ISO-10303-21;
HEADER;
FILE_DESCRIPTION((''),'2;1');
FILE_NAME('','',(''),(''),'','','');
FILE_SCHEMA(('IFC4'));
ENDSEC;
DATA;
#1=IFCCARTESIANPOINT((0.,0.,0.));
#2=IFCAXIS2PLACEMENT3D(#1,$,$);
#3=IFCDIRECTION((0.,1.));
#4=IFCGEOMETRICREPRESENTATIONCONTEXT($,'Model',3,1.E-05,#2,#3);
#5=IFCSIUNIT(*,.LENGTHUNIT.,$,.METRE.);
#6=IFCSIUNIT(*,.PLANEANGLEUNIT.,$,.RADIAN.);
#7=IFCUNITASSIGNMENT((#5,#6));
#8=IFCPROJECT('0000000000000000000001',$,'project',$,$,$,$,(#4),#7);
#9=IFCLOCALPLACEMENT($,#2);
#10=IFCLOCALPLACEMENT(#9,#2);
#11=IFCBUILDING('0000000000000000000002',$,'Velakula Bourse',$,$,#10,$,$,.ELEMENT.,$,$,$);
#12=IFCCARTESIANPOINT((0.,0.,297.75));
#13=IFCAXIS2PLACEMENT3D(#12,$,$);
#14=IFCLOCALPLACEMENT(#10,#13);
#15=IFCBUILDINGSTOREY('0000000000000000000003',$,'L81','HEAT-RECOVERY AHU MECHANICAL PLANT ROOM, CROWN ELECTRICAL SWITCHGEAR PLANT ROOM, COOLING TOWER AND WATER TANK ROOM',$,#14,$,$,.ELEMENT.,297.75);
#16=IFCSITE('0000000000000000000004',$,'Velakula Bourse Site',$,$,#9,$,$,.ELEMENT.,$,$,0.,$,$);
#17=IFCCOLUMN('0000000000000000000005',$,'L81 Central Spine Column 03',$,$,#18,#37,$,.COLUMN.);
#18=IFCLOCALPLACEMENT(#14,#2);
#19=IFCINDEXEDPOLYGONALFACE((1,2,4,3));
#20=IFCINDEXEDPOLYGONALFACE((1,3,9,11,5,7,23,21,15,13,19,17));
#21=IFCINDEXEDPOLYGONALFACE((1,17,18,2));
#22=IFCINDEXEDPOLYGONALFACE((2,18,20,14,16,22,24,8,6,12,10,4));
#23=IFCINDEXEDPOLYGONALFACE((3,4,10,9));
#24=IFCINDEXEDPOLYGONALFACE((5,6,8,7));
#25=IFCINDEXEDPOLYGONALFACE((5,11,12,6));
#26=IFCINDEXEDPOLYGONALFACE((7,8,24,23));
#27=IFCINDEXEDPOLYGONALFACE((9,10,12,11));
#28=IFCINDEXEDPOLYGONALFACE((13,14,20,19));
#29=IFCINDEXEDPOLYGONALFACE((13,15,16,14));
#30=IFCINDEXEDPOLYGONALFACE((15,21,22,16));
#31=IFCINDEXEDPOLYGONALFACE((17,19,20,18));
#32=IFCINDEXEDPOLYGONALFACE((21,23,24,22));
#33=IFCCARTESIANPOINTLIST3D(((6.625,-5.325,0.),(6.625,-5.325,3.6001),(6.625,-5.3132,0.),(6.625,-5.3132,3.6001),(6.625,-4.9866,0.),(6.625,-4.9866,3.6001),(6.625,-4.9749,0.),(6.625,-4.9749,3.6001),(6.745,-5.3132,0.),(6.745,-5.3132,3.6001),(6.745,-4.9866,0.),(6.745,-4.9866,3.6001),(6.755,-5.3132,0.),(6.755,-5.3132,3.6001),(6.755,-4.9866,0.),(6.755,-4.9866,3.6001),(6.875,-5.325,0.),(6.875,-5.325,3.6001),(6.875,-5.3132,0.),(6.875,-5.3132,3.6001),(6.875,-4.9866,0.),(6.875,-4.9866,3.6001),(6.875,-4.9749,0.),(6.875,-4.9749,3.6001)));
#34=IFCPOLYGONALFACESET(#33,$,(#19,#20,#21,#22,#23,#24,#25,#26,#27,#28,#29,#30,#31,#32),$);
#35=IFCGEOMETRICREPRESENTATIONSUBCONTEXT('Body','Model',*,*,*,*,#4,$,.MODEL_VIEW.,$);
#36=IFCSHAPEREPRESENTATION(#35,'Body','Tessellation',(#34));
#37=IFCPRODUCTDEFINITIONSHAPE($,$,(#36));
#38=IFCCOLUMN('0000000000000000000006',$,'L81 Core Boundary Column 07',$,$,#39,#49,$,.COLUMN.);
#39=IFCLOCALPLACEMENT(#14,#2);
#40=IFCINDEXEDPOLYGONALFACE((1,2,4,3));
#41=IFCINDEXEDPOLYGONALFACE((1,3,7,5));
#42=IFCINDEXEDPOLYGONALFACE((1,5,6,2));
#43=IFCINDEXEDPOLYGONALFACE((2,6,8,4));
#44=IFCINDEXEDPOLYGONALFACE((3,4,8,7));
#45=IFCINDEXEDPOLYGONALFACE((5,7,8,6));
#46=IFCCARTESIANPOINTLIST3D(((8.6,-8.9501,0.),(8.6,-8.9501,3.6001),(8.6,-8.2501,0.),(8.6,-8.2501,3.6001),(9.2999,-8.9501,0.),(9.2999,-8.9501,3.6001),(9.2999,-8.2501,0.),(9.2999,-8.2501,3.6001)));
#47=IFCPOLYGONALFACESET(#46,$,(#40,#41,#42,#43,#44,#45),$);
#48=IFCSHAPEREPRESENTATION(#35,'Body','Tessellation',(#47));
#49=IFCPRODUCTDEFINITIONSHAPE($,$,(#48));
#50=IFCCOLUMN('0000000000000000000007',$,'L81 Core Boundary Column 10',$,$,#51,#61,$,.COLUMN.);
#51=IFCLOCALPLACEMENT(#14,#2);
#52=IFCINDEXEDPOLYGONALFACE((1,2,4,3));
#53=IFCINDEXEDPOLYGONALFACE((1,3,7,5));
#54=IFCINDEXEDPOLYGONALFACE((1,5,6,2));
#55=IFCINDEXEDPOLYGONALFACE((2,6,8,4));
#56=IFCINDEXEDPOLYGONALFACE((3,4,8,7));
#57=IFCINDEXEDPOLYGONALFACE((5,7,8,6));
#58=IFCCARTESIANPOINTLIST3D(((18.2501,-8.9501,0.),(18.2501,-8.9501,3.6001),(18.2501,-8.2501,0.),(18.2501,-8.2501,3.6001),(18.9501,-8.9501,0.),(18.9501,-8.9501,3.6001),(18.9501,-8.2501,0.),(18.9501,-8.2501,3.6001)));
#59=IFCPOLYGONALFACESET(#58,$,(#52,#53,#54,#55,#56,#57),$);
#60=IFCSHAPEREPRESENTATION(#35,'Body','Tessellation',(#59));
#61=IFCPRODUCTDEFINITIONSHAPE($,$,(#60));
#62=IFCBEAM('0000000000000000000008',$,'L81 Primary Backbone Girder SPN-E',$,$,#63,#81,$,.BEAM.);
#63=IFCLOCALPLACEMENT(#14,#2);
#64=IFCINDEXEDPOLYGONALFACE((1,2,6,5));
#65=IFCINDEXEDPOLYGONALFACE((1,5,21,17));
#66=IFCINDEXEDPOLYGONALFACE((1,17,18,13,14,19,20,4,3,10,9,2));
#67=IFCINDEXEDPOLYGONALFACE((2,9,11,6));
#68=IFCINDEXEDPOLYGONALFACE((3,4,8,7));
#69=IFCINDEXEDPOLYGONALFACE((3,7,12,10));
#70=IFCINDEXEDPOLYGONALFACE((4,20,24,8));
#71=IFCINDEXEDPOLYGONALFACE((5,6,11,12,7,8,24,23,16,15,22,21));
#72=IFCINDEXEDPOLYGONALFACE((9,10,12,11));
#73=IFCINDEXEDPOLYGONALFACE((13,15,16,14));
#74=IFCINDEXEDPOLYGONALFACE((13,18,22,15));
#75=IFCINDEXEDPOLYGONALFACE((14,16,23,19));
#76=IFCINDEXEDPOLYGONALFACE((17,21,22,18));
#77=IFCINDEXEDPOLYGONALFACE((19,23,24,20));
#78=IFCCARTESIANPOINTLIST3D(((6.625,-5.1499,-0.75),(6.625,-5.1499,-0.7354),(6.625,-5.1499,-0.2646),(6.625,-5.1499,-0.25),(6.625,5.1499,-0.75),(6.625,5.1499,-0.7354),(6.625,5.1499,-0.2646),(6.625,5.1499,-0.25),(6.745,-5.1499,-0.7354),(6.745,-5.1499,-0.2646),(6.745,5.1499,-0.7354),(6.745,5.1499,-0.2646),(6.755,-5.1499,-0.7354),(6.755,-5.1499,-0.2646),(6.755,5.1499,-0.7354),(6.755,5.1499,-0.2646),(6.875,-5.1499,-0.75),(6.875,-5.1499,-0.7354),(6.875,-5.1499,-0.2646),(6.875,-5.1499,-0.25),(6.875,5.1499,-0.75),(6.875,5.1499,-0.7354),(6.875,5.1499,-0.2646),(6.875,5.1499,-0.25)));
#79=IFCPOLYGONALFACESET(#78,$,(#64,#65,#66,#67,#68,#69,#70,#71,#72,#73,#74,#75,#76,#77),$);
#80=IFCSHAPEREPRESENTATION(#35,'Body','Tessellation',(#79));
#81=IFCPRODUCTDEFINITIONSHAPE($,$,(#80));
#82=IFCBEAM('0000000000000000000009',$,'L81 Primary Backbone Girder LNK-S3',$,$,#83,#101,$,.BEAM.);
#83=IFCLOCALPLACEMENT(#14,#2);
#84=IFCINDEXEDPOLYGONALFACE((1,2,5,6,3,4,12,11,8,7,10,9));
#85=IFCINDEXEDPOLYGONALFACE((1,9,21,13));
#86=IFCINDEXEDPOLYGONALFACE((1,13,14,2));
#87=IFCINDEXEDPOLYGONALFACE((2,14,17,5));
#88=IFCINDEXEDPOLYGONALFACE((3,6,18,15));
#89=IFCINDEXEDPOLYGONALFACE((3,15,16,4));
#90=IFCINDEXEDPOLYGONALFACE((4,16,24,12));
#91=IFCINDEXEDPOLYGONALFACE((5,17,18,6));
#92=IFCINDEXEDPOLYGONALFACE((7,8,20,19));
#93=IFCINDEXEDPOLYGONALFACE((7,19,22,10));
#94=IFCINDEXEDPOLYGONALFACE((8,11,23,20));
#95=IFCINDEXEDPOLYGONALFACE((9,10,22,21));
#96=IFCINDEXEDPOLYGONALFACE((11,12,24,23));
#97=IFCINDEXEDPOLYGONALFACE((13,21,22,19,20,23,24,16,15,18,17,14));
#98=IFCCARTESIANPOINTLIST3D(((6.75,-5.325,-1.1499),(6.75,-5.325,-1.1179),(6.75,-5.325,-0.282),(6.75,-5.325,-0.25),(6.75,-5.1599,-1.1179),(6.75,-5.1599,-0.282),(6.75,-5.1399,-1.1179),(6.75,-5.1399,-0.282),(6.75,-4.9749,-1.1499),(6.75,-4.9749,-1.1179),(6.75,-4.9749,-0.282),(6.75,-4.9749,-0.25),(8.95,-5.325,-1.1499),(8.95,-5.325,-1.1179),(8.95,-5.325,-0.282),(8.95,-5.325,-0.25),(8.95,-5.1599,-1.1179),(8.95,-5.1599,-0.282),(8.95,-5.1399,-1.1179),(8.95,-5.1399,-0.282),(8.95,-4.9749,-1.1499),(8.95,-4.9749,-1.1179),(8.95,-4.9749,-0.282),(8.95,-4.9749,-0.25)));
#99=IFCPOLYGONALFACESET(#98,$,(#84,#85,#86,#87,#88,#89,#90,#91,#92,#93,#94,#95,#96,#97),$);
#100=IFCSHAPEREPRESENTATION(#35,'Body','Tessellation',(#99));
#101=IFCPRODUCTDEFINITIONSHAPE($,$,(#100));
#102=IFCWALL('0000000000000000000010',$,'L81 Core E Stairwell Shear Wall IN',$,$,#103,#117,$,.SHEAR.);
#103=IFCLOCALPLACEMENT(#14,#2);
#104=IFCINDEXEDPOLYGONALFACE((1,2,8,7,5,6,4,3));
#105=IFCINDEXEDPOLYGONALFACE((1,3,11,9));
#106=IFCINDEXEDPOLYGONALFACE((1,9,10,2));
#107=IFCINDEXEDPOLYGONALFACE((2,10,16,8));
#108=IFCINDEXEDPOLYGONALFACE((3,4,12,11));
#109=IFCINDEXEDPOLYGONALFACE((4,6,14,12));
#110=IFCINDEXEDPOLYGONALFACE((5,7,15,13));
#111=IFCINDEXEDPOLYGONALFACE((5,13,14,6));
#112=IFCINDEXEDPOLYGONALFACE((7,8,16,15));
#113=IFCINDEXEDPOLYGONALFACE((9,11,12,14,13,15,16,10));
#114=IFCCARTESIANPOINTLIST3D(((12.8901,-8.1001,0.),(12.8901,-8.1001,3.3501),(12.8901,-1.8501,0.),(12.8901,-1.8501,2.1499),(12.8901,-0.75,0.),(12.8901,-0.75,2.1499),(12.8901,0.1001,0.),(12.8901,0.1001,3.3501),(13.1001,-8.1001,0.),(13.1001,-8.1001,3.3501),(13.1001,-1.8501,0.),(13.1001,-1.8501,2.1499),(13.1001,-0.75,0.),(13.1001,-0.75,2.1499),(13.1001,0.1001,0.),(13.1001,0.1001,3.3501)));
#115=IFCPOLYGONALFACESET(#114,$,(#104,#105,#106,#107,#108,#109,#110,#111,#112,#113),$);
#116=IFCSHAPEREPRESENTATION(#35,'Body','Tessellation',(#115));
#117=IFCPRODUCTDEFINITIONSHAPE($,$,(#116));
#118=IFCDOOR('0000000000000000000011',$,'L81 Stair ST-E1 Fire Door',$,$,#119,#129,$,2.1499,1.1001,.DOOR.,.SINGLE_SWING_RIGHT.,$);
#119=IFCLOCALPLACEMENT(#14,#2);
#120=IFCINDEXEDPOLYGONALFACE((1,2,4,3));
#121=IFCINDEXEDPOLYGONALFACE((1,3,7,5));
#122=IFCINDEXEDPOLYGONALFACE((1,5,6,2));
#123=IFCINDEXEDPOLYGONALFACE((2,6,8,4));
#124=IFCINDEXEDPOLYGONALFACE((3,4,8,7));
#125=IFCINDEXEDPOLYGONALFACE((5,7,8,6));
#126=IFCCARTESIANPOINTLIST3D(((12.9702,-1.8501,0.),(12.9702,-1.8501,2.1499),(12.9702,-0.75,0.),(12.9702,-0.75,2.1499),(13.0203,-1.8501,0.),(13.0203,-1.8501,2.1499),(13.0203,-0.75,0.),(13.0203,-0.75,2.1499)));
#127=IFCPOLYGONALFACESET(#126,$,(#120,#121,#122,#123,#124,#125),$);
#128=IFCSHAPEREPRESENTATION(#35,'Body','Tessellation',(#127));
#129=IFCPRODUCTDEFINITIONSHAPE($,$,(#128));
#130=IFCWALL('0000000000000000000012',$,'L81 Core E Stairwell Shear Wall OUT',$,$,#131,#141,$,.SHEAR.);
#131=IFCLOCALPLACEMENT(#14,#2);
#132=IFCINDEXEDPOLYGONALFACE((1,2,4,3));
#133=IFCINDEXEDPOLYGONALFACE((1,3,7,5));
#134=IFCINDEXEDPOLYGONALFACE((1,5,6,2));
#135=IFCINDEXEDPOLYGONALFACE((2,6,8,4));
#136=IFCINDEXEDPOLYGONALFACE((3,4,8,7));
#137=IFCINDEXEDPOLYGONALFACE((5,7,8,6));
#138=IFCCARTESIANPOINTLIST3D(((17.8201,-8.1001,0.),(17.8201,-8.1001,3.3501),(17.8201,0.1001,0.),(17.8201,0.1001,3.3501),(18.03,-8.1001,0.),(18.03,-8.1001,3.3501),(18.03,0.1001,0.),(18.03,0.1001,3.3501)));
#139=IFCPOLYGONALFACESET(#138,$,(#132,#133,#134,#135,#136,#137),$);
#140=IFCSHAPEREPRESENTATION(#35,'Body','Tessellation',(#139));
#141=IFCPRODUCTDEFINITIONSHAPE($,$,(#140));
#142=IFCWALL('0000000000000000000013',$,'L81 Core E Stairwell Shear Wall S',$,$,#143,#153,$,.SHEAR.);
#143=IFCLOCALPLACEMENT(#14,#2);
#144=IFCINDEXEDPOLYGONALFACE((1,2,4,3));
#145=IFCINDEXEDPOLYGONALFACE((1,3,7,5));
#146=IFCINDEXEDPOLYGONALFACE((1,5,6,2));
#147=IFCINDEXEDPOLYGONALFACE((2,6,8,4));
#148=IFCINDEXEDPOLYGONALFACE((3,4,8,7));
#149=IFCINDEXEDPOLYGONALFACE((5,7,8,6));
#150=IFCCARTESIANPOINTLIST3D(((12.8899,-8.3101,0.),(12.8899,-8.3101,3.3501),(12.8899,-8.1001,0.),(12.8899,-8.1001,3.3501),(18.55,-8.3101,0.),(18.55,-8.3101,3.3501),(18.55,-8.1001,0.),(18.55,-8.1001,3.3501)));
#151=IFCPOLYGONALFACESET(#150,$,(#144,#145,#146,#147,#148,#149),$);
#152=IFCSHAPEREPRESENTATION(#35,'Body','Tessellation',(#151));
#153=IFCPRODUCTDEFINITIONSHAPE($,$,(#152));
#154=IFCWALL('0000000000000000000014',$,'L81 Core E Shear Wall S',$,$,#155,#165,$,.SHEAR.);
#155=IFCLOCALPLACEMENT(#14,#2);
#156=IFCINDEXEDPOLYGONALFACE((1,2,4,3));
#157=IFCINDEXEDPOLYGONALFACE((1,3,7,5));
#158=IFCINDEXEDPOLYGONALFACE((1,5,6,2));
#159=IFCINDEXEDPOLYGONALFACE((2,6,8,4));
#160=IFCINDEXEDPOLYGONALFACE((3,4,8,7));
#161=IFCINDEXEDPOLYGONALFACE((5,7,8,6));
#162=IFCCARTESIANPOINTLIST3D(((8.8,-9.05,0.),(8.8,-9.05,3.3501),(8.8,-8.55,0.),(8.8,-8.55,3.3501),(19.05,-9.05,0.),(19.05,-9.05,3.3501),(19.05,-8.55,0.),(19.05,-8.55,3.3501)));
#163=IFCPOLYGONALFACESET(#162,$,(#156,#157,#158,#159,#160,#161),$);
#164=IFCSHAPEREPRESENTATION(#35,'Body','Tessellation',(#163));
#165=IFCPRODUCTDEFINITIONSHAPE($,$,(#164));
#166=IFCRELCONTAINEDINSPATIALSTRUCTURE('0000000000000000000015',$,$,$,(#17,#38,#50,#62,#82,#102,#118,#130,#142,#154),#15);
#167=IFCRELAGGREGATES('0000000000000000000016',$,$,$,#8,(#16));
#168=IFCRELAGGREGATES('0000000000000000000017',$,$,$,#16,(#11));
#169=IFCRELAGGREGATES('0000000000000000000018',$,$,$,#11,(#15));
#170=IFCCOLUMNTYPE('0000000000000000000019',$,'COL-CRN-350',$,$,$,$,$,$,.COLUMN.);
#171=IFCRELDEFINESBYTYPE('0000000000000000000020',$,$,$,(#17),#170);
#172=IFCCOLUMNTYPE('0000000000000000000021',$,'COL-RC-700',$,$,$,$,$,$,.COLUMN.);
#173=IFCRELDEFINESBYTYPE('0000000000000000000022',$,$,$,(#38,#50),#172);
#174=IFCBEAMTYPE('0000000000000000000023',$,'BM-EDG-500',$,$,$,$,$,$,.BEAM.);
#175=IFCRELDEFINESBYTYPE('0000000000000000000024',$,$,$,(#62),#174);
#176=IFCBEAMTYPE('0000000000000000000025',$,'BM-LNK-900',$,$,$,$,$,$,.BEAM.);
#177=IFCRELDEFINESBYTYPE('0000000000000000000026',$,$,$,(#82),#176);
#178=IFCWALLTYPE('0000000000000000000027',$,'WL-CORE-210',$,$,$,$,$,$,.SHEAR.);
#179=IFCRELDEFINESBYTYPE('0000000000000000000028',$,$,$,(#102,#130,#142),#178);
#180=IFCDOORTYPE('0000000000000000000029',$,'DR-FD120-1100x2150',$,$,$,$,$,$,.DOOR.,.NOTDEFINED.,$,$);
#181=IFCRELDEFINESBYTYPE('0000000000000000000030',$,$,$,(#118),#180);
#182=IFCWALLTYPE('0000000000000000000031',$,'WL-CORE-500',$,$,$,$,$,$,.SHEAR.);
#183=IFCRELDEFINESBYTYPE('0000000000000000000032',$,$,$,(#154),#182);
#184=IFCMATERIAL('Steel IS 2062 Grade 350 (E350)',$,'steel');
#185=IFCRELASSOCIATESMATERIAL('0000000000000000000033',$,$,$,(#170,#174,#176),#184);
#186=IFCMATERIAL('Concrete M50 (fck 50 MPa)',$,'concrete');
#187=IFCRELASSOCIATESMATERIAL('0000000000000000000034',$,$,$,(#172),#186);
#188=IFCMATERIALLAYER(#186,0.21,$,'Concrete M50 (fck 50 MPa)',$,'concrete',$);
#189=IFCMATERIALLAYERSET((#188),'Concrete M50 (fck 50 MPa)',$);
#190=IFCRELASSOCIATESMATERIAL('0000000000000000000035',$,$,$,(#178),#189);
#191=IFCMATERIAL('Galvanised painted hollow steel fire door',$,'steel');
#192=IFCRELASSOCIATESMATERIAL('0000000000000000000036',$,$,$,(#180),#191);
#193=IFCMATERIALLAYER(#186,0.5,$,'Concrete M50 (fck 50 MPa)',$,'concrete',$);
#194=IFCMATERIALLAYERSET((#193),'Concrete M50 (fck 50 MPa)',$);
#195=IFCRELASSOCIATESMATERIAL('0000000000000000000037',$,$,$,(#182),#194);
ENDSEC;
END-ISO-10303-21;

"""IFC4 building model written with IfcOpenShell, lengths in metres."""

from ifc_helpers import new_model, si_unit, direction, frame, frame_2d, origin, origin_2d, place, context, subcontext, project, spatial, rectangle, i_section, extrude, material, layer, layer_set, material_profile, profile_set, type_object, element, fill, save


model = new_model("IFC4")

# Units and contexts
model_context = context("Model", 3, precision=1e-05, world=origin(), true_north=direction((0.0, 1.0)))
body_context = subcontext(model_context, "Body", "Model", "MODEL_VIEW")
ifc_project = project(units=[si_unit("LENGTHUNIT", "METRE"), si_unit("PLANEANGLEUNIT", "RADIAN")], contexts=[model_context])

# Site, building, storey
site_placement = place(None, origin())
site = spatial("IfcSite", under=ifc_project, at=site_placement, Name="Velakula Bourse Site", CompositionType="ELEMENT", RefElevation=0.0)
building_placement = place(site_placement, origin())
building = spatial("IfcBuilding", under=site, at=building_placement, Name="Velakula Bourse", CompositionType="ELEMENT")
storey_placement = place(building_placement, frame((0.0, 0.0, 297.75)))
storey = spatial("IfcBuildingStorey", under=building, at=storey_placement, Name="L81", Description="HEAT-RECOVERY AHU MECHANICAL PLANT ROOM, CROWN ELECTRICAL SWITCHGEAR PLANT ROOM, COOLING TOWER AND WATER TANK ROOM", CompositionType="ELEMENT", Elevation=297.75)

# Columns
ifc_material_1 = material(Name="Steel IS 2062 Grade 350 (E350)", Category="steel")
ifc_material_profile_1 = material_profile(ifc_material_1, i_section(OverallWidth=0.25, OverallDepth=0.3501, WebThickness=0.01, FlangeThickness=0.0117, at=origin_2d()), Name="Steel IS 2062 Grade 350 (E350)")
ifc_profile_set_1 = profile_set([ifc_material_profile_1], Name="Steel IS 2062 Grade 350 (E350)")
column_type_1 = type_object("IfcColumnType", Name="COL-CRN-350", PredefinedType="COLUMN", material=ifc_profile_set_1)
column_placement = place(storey_placement, frame((6.75, -5.1499, 0.0), z_axis=(0.0, 0.0, 1.0), x_axis=(1.0, 0.0, 0.0)))
element("IfcColumn", 1, at=column_placement, inside=storey, type_object=column_type_1, Name="L81 Central Spine Column 03", PredefinedType="COLUMN", context=body_context, shape_type="SweptSolid", body=[
    extrude(i_section(OverallWidth=0.25, OverallDepth=0.3501, WebThickness=0.01, FlangeThickness=0.0117, at=origin_2d()), origin(), (0.0, 0.0, 1.0), 3.6001),
])
ifc_material_2 = material(Name="Concrete M50 (fck 50 MPa)", Category="concrete")
ifc_material_profile_2 = material_profile(ifc_material_2, rectangle(XDim=0.7, YDim=0.7, at=origin_2d()), Name="Concrete M50 (fck 50 MPa)")
ifc_profile_set_2 = profile_set([ifc_material_profile_2], Name="Concrete M50 (fck 50 MPa)")
column_type_2 = type_object("IfcColumnType", Name="COL-RC-700", PredefinedType="COLUMN", material=ifc_profile_set_2)
for number, where, z_axis, x_axis, name in (
    (2, (8.95, -8.6001, 0.0), (0.0, 0.0, 1.0), (1.0, 0.0, 0.0), "L81 Core Boundary Column 07"),
    (3, (18.6001, -8.6001, 0.0), (0.0, 0.0, 1.0), (1.0, 0.0, 0.0), "L81 Core Boundary Column 10"),
):
    element("IfcColumn", number, at=place(storey_placement, frame(where, z_axis=z_axis, x_axis=x_axis)), inside=storey, type_object=column_type_2, Name=name, PredefinedType="COLUMN", context=body_context, shape_type="SweptSolid", body=[
        extrude(rectangle(XDim=0.7, YDim=0.7, at=origin_2d()), origin(), (0.0, 0.0, 1.0), 3.6001),
    ])

# Beams
ifc_material_profile_3 = material_profile(ifc_material_1, i_section(OverallWidth=0.25, OverallDepth=0.5, WebThickness=0.01, FlangeThickness=0.0146, at=origin_2d()), Name="Steel IS 2062 Grade 350 (E350)")
ifc_profile_set_3 = profile_set([ifc_material_profile_3], Name="Steel IS 2062 Grade 350 (E350)")
beam_type_1 = type_object("IfcBeamType", Name="BM-EDG-500", PredefinedType="BEAM", material=ifc_profile_set_3)
beam_1_placement = place(storey_placement, frame((6.75, -5.1499, -0.5), z_axis=(0.0, 1.0, 0.0), x_axis=(-1.0, 0.0, 0.0)))
element("IfcBeam", 4, at=beam_1_placement, inside=storey, type_object=beam_type_1, Name="L81 Primary Backbone Girder SPN-E", PredefinedType="BEAM", context=body_context, shape_type="SweptSolid", body=[
    extrude(i_section(OverallWidth=0.25, OverallDepth=0.5, WebThickness=0.01, FlangeThickness=0.0146, at=origin_2d()), origin(), (0.0, 0.0, 1.0), 10.2998),
])
ifc_material_profile_4 = material_profile(ifc_material_1, i_section(OverallWidth=0.3501, OverallDepth=0.8999, WebThickness=0.02, FlangeThickness=0.032, at=origin_2d()), Name="Steel IS 2062 Grade 350 (E350)")
ifc_profile_set_4 = profile_set([ifc_material_profile_4], Name="Steel IS 2062 Grade 350 (E350)")
beam_type_2 = type_object("IfcBeamType", Name="BM-LNK-900", PredefinedType="BEAM", material=ifc_profile_set_4)
beam_2_placement = place(storey_placement, frame((6.75, -5.1499, -0.7), z_axis=(1.0, 0.0, 0.0), x_axis=(0.0, 1.0, 0.0)))
element("IfcBeam", 5, at=beam_2_placement, inside=storey, type_object=beam_type_2, Name="L81 Primary Backbone Girder LNK-S3", PredefinedType="BEAM", context=body_context, shape_type="SweptSolid", body=[
    extrude(i_section(OverallWidth=0.3501, OverallDepth=0.8999, WebThickness=0.02, FlangeThickness=0.032, at=origin_2d()), origin(), (0.0, 0.0, 1.0), 2.2),
])

# Wall, opening, door
ifc_layer_1 = layer(ifc_material_2, 0.21, Name="Concrete M50 (fck 50 MPa)", Category="concrete")
ifc_layer_set_1 = layer_set([ifc_layer_1], Name="Concrete M50 (fck 50 MPa)")
wall_type_1 = type_object("IfcWallType", Name="WL-CORE-210", PredefinedType="SHEAR", material=ifc_layer_set_1)
wall_1_placement = place(storey_placement, frame((12.9951, -8.1001, 0.0), z_axis=(0.0, 0.0, 1.0), x_axis=(0.0, 1.0, 0.0)))
wall_1 = element("IfcWall", 6, at=wall_1_placement, inside=storey, type_object=wall_type_1, Name="L81 Core E Stairwell Shear Wall IN", PredefinedType="SHEAR", context=body_context, shape_type="SweptSolid", body=[
    extrude(rectangle(XDim=8.2002, YDim=0.21, at=frame_2d((4.1001, 0.0))), origin(), (0.0, 0.0, 1.0), 3.3501),
])
opening_1_placement = place(wall_1_placement, frame((6.25, 0.0, 0.0)))
opening_1 = element("IfcOpeningElement", 7, at=opening_1_placement, cuts=wall_1, PredefinedType="OPENING", context=body_context, shape_type="SweptSolid", body=[
    extrude(rectangle(XDim=1.1001, YDim=2.1499, at=frame_2d((0.55, 1.075))), frame((0.0, 0.115, 0.0), z_axis=(0.0, -1.0, 0.0), x_axis=(1.0, 0.0, 0.0)), (0.0, 0.0, 1.0), 0.23),
])
ifc_material_3 = material(Name="Galvanised painted hollow steel fire door", Category="steel")
door_type_1 = type_object("IfcDoorType", Name="DR-FD120-1100x2150", OperationType="NOTDEFINED", PredefinedType="DOOR", material=ifc_material_3)
door_1_placement = place(opening_1_placement, origin())
door_1 = element("IfcDoor", 8, at=door_1_placement, inside=storey, type_object=door_type_1, Name="L81 Stair ST-E1 Fire Door", OperationType="SINGLE_SWING_RIGHT", OverallHeight=2.1499, OverallWidth=1.1001, PredefinedType="DOOR", context=body_context, shape_type="SweptSolid", body=[
    extrude(rectangle(XDim=1.1001, YDim=2.1499, at=frame_2d((0.55, 1.075))), frame((0.0, 0.0249, 0.0), z_axis=(0.0, -1.0, 0.0), x_axis=(1.0, 0.0, 0.0)), (0.0, 0.0, 1.0), 0.05),
])
fill(opening_1, door_1)

# Walls
wall_2_placement = place(storey_placement, frame((17.925, -8.1001, 0.0), z_axis=(0.0, 0.0, 1.0), x_axis=(0.0, 1.0, 0.0)))
element("IfcWall", 9, at=wall_2_placement, inside=storey, type_object=wall_type_1, Name="L81 Core E Stairwell Shear Wall OUT", PredefinedType="SHEAR", context=body_context, shape_type="SweptSolid", body=[
    extrude(rectangle(XDim=8.2002, YDim=0.21, at=frame_2d((4.1001, 0.0))), origin(), (0.0, 0.0, 1.0), 3.3501),
])
wall_3_placement = place(storey_placement, frame((12.8899, -8.2051, 0.0), z_axis=(0.0, 0.0, 1.0), x_axis=(1.0, 0.0, 0.0)))
element("IfcWall", 10, at=wall_3_placement, inside=storey, type_object=wall_type_1, Name="L81 Core E Stairwell Shear Wall S", PredefinedType="SHEAR", context=body_context, shape_type="SweptSolid", body=[
    extrude(rectangle(XDim=5.6602, YDim=0.21, at=frame_2d((2.8301, 0.0))), origin(), (0.0, 0.0, 1.0), 3.3501),
])
ifc_layer_2 = layer(ifc_material_2, 0.5, Name="Concrete M50 (fck 50 MPa)", Category="concrete")
ifc_layer_set_2 = layer_set([ifc_layer_2], Name="Concrete M50 (fck 50 MPa)")
wall_type_2 = type_object("IfcWallType", Name="WL-CORE-500", PredefinedType="SHEAR", material=ifc_layer_set_2)
wall_4_placement = place(storey_placement, frame((8.8, -8.8, 0.0), z_axis=(0.0, 0.0, 1.0), x_axis=(1.0, 0.0, 0.0)))
element("IfcWall", 11, at=wall_4_placement, inside=storey, type_object=wall_type_2, Name="L81 Core E Shear Wall S", PredefinedType="SHEAR", context=body_context, shape_type="SweptSolid", body=[
    extrude(rectangle(XDim=10.25, YDim=0.5, at=frame_2d((5.125, 0.0))), origin(), (0.0, 0.0, 1.0), 3.3501),
])

save(model, "model.ifc")
